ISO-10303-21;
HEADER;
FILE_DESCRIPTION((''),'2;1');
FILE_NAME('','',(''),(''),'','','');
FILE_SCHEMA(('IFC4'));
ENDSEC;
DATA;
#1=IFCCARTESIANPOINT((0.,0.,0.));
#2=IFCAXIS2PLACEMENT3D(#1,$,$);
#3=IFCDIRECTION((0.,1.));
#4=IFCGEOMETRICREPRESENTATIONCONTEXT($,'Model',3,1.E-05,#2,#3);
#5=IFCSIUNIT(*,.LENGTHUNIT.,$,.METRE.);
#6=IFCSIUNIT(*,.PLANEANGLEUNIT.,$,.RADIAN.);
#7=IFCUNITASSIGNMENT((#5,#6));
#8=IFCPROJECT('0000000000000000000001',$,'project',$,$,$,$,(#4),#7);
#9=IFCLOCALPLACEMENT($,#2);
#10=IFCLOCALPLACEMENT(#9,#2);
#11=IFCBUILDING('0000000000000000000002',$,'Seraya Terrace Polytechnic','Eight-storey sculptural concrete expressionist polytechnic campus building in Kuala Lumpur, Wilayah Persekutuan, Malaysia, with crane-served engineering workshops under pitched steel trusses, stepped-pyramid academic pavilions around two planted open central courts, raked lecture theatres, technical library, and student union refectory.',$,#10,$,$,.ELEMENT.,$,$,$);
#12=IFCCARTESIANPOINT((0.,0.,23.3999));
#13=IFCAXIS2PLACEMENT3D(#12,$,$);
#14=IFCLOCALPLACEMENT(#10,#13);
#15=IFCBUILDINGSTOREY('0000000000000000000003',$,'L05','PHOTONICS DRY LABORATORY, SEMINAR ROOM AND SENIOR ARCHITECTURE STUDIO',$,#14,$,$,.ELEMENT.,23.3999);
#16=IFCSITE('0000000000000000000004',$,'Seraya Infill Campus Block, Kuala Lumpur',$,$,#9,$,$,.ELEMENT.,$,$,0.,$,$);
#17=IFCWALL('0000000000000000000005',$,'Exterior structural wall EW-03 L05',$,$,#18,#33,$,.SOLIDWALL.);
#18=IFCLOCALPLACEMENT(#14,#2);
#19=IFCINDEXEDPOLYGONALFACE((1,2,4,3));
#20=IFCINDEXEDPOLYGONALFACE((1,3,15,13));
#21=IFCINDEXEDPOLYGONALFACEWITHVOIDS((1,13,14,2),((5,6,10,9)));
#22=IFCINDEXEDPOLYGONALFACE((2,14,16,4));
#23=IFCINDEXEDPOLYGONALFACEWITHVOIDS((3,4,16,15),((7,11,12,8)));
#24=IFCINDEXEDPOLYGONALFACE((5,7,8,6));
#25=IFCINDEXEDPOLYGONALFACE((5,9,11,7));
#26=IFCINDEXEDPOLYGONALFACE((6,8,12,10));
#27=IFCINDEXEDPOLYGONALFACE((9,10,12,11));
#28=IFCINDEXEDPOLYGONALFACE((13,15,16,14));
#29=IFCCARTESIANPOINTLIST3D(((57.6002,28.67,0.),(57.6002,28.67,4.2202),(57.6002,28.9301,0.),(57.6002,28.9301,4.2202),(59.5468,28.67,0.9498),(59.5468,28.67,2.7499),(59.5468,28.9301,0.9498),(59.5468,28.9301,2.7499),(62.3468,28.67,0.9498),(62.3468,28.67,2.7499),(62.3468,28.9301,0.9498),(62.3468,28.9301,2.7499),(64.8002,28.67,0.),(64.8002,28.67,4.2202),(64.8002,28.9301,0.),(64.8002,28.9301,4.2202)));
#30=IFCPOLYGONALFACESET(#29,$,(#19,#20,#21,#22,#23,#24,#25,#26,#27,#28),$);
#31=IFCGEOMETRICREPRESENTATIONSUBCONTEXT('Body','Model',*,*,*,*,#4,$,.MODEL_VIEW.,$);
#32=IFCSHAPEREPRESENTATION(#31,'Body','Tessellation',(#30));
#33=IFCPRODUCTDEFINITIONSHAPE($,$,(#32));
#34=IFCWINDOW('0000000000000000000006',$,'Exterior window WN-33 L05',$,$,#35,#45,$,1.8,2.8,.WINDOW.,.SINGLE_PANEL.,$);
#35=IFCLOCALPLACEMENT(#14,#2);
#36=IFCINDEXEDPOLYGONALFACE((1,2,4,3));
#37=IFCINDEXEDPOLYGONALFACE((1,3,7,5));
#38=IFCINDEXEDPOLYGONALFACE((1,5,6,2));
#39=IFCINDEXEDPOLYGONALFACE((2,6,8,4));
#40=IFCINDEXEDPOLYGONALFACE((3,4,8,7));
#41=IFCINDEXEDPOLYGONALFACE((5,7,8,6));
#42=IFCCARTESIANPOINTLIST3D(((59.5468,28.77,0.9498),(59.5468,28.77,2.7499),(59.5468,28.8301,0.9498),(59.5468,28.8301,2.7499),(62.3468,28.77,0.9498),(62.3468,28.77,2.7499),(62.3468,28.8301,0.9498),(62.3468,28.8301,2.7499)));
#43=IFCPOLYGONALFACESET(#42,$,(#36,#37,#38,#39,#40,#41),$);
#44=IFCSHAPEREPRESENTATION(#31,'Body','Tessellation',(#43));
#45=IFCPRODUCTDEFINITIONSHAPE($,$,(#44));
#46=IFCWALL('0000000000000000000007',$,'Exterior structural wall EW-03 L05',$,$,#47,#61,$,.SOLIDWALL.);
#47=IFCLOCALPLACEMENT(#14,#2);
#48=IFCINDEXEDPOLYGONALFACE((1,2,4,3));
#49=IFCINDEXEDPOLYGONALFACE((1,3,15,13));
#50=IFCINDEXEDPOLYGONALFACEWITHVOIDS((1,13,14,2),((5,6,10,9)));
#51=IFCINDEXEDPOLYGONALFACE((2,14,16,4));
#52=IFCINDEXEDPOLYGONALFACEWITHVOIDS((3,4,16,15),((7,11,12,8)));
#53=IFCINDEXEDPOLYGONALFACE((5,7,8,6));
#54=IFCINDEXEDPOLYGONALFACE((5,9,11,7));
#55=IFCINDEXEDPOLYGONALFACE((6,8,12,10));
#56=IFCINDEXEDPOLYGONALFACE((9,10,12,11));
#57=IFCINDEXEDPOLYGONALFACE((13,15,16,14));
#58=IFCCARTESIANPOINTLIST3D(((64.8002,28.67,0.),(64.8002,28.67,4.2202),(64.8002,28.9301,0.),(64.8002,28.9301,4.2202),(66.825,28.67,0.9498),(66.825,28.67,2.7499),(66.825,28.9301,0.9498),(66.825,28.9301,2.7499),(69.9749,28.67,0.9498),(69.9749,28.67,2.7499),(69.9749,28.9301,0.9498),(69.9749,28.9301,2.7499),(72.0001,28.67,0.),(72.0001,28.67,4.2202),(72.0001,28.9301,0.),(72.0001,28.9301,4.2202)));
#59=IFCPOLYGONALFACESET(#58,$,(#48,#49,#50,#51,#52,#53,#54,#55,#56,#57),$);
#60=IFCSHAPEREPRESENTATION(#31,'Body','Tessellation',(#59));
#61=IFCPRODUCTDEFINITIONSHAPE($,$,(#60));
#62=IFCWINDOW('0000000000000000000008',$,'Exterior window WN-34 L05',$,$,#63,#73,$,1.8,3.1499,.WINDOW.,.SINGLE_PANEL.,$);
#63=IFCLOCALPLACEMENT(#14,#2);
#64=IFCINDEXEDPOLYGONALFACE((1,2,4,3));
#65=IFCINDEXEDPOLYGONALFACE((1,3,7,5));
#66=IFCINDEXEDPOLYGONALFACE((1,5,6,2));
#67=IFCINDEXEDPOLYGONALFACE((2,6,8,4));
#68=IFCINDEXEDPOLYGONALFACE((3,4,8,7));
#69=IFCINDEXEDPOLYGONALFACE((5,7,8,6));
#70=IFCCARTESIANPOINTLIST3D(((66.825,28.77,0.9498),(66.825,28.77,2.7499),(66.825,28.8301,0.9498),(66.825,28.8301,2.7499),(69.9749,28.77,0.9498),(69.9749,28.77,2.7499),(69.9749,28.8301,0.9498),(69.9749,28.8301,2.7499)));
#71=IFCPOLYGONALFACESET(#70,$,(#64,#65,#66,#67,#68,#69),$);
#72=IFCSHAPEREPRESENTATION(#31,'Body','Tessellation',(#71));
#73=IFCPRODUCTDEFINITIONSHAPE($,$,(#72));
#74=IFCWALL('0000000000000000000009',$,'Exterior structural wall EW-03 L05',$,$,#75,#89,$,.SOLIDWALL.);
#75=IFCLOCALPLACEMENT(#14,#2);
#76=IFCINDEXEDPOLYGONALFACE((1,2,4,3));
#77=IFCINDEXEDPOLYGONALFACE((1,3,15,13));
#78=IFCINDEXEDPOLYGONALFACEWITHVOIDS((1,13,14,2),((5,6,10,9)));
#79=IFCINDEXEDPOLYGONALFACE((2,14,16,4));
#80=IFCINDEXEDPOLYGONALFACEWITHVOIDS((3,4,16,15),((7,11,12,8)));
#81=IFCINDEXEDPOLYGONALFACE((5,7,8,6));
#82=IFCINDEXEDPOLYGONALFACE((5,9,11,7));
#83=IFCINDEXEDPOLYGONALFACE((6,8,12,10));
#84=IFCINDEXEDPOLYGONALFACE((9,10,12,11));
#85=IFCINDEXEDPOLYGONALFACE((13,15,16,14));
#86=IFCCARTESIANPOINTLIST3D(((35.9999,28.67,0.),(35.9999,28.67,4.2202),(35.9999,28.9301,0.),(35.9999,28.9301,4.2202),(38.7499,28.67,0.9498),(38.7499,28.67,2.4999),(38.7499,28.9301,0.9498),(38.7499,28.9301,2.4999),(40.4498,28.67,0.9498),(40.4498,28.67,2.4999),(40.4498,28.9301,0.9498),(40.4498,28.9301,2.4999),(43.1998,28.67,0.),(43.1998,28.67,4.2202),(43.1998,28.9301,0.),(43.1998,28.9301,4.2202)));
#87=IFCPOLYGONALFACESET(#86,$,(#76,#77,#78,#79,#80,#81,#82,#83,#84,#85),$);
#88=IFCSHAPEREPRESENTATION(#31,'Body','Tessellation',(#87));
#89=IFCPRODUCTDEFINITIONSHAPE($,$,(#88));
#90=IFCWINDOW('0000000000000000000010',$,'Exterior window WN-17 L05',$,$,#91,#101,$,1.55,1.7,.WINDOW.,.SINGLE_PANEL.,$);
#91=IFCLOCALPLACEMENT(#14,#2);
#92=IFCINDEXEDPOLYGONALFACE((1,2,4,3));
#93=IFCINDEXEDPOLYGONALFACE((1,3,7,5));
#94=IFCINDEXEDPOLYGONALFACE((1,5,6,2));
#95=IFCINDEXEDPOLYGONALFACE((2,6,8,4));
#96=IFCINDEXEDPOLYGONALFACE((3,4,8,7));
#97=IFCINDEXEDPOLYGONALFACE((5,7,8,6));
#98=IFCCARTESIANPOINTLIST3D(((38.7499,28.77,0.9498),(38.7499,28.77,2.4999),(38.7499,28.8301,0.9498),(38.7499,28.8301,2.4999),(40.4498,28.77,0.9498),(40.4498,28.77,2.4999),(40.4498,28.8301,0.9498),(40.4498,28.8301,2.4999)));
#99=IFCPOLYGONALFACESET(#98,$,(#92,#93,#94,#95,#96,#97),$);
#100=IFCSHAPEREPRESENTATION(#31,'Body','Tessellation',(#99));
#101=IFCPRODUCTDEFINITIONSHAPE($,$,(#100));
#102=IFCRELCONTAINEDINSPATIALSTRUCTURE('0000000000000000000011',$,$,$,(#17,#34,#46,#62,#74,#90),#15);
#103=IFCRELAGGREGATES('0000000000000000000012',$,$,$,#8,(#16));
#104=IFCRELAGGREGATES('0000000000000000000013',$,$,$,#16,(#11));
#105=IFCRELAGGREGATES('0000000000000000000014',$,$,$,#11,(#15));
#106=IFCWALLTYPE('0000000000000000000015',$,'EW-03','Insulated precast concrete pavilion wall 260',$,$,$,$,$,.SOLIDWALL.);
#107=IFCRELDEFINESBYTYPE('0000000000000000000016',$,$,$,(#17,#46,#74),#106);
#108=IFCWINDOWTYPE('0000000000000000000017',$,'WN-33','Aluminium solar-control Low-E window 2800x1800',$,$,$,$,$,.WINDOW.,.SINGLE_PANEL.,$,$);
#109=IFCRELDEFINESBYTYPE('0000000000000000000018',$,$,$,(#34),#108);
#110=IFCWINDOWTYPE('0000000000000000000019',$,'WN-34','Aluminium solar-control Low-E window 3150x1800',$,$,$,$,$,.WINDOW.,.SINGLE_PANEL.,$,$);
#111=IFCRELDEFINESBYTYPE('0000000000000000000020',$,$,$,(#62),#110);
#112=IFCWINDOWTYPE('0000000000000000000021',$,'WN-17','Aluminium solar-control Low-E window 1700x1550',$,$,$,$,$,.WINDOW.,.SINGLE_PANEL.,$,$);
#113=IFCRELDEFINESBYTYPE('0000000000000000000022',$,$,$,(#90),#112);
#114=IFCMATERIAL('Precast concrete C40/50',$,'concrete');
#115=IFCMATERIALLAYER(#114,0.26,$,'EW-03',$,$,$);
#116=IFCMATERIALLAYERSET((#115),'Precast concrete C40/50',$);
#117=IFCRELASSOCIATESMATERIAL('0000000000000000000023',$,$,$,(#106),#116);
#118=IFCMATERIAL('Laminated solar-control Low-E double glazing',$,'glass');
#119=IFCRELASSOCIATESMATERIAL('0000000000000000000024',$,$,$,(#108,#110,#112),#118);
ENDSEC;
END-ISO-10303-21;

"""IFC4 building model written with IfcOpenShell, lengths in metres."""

from ifc_helpers import new_model, si_unit, direction, frame, frame_2d, origin, place, context, subcontext, project, spatial, rectangle, extrude, material, layer, layer_set, type_object, element, fill, save


model = new_model("IFC4")

# Units and contexts
model_context = context("Model", 3, precision=1e-05, world=origin(), true_north=direction((0.0, 1.0)))
body_context = subcontext(model_context, "Body", "Model", "MODEL_VIEW")
ifc_project = project(units=[si_unit("LENGTHUNIT", "METRE"), si_unit("PLANEANGLEUNIT", "RADIAN")], contexts=[model_context])

# Site, building, storey
site_placement = place(None, origin())
site = spatial("IfcSite", under=ifc_project, at=site_placement, Name="Seraya Infill Campus Block, Kuala Lumpur", CompositionType="ELEMENT", RefElevation=0.0)
building_placement = place(site_placement, origin())
building = spatial("IfcBuilding", under=site, at=building_placement, Name="Seraya Terrace Polytechnic", Description="Eight-storey sculptural concrete expressionist polytechnic campus building in Kuala Lumpur, Wilayah Persekutuan, Malaysia, with crane-served engineering workshops under pitched steel trusses, stepped-pyramid academic pavilions around two planted open central courts, raked lecture theatres, technical library, and student union refectory.", CompositionType="ELEMENT")
storey_placement = place(building_placement, frame((0.0, 0.0, 23.3999)))
storey = spatial("IfcBuildingStorey", under=building, at=storey_placement, Name="L05", Description="PHOTONICS DRY LABORATORY, SEMINAR ROOM AND SENIOR ARCHITECTURE STUDIO", CompositionType="ELEMENT", Elevation=23.3999)

# Walls, openings, windows
ifc_material_1 = material(Name="Precast concrete C40/50", Category="concrete")
ifc_layer = layer(ifc_material_1, 0.26, Name="EW-03")
ifc_layer_set = layer_set([ifc_layer], Name="Precast concrete C40/50")
wall_type = type_object("IfcWallType", Name="EW-03", Description="Insulated precast concrete pavilion wall 260", PredefinedType="SOLIDWALL", material=ifc_layer_set)
ifc_material_2 = material(Name="Laminated solar-control Low-E double glazing", Category="glass")
wall_1_placement = place(storey_placement, frame((57.6001, 28.8, 0.0), z_axis=(0.0, 0.0, 1.0), x_axis=(1.0, 0.0, 0.0)))
wall_1 = element("IfcWall", 1, at=wall_1_placement, inside=storey, type_object=wall_type, Name="Exterior structural wall EW-03 L05", PredefinedType="SOLIDWALL", context=body_context, shape_type="SweptSolid", body=[
    extrude(rectangle(XDim=7.2, YDim=0.26, at=frame_2d((3.6001, 0.0))), origin(), (0.0, 0.0, 1.0), 4.2202),
])
opening_1_placement = place(wall_1_placement, frame((1.9468, 0.0, 0.95)))
opening_1 = element("IfcOpeningElement", 2, at=opening_1_placement, cuts=wall_1, PredefinedType="OPENING", context=body_context, shape_type="SweptSolid", body=[
    extrude(rectangle(XDim=2.8, YDim=1.8, at=frame_2d((1.3999, 0.8999))), frame((0.0, 0.1421, 0.0), z_axis=(0.0, -1.0, 0.0), x_axis=(1.0, 0.0, 0.0)), (0.0, 0.0, 1.0), 0.2839),
])
window_type_1 = type_object("IfcWindowType", Name="WN-33", Description="Aluminium solar-control Low-E window 2800x1800", PartitioningType="SINGLE_PANEL", PredefinedType="WINDOW", material=ifc_material_2)
window_1_placement = place(opening_1_placement, origin())
window_1 = element("IfcWindow", 3, at=window_1_placement, inside=storey, type_object=window_type_1, Name="Exterior window WN-33 L05", OverallHeight=1.8, OverallWidth=2.8, PartitioningType="SINGLE_PANEL", PredefinedType="WINDOW", context=body_context, shape_type="SweptSolid", body=[
    extrude(rectangle(XDim=2.8, YDim=1.8, at=frame_2d((1.3999, 0.8999))), frame((0.0, 0.03, 0.0), z_axis=(0.0, -1.0, 0.0), x_axis=(1.0, 0.0, 0.0)), (0.0, 0.0, 1.0), 0.0601),
])
fill(opening_1, window_1)
wall_2_placement = place(storey_placement, frame((64.8, 28.8, 0.0), z_axis=(0.0, 0.0, 1.0), x_axis=(1.0, 0.0, 0.0)))
wall_2 = element("IfcWall", 4, at=wall_2_placement, inside=storey, type_object=wall_type, Name="Exterior structural wall EW-03 L05", PredefinedType="SOLIDWALL", context=body_context, shape_type="SweptSolid", body=[
    extrude(rectangle(XDim=7.2, YDim=0.26, at=frame_2d((3.6001, 0.0))), origin(), (0.0, 0.0, 1.0), 4.2202),
])
opening_2_placement = place(wall_2_placement, frame((2.0249, 0.0, 0.95)))
opening_2 = element("IfcOpeningElement", 5, at=opening_2_placement, cuts=wall_2, PredefinedType="OPENING", context=body_context, shape_type="SweptSolid", body=[
    extrude(rectangle(XDim=3.1499, YDim=1.8, at=frame_2d((1.575, 0.8999))), frame((0.0, 0.1421, 0.0), z_axis=(0.0, -1.0, 0.0), x_axis=(1.0, 0.0, 0.0)), (0.0, 0.0, 1.0), 0.2839),
])
window_type_2 = type_object("IfcWindowType", Name="WN-34", Description="Aluminium solar-control Low-E window 3150x1800", PartitioningType="SINGLE_PANEL", PredefinedType="WINDOW", material=ifc_material_2)
window_2_placement = place(opening_2_placement, origin())
window_2 = element("IfcWindow", 6, at=window_2_placement, inside=storey, type_object=window_type_2, Name="Exterior window WN-34 L05", OverallHeight=1.8, OverallWidth=3.1499, PartitioningType="SINGLE_PANEL", PredefinedType="WINDOW", context=body_context, shape_type="SweptSolid", body=[
    extrude(rectangle(XDim=3.1499, YDim=1.8, at=frame_2d((1.575, 0.8999))), frame((0.0, 0.03, 0.0), z_axis=(0.0, -1.0, 0.0), x_axis=(1.0, 0.0, 0.0)), (0.0, 0.0, 1.0), 0.0601),
])
fill(opening_2, window_2)
wall_3_placement = place(storey_placement, frame((43.2, 28.8, 0.0), z_axis=(0.0, 0.0, 1.0), x_axis=(-1.0, 0.0, 0.0)))
wall_3 = element("IfcWall", 7, at=wall_3_placement, inside=storey, type_object=wall_type, Name="Exterior structural wall EW-03 L05", PredefinedType="SOLIDWALL", context=body_context, shape_type="SweptSolid", body=[
    extrude(rectangle(XDim=7.2, YDim=0.26, at=frame_2d((3.6001, 0.0))), origin(), (0.0, 0.0, 1.0), 4.2202),
])
opening_3_placement = place(wall_3_placement, frame((2.75, 0.0, 0.95)))
opening_3 = element("IfcOpeningElement", 8, at=opening_3_placement, cuts=wall_3, PredefinedType="OPENING", context=body_context, shape_type="SweptSolid", body=[
    extrude(rectangle(XDim=1.7, YDim=1.55, at=frame_2d((0.8501, 0.7749))), frame((0.0, 0.1421, 0.0), z_axis=(0.0, -1.0, 0.0), x_axis=(1.0, 0.0, 0.0)), (0.0, 0.0, 1.0), 0.2839),
])
window_type_3 = type_object("IfcWindowType", Name="WN-17", Description="Aluminium solar-control Low-E window 1700x1550", PartitioningType="SINGLE_PANEL", PredefinedType="WINDOW", material=ifc_material_2)
window_3_placement = place(opening_3_placement, origin())
window_3 = element("IfcWindow", 9, at=window_3_placement, inside=storey, type_object=window_type_3, Name="Exterior window WN-17 L05", OverallHeight=1.55, OverallWidth=1.7, PartitioningType="SINGLE_PANEL", PredefinedType="WINDOW", context=body_context, shape_type="SweptSolid", body=[
    extrude(rectangle(XDim=1.7, YDim=1.55, at=frame_2d((0.8501, 0.7749))), frame((0.0, 0.03, 0.0), z_axis=(0.0, -1.0, 0.0), x_axis=(1.0, 0.0, 0.0)), (0.0, 0.0, 1.0), 0.0601),
])
fill(opening_3, window_3)

save(model, "model.ifc")
